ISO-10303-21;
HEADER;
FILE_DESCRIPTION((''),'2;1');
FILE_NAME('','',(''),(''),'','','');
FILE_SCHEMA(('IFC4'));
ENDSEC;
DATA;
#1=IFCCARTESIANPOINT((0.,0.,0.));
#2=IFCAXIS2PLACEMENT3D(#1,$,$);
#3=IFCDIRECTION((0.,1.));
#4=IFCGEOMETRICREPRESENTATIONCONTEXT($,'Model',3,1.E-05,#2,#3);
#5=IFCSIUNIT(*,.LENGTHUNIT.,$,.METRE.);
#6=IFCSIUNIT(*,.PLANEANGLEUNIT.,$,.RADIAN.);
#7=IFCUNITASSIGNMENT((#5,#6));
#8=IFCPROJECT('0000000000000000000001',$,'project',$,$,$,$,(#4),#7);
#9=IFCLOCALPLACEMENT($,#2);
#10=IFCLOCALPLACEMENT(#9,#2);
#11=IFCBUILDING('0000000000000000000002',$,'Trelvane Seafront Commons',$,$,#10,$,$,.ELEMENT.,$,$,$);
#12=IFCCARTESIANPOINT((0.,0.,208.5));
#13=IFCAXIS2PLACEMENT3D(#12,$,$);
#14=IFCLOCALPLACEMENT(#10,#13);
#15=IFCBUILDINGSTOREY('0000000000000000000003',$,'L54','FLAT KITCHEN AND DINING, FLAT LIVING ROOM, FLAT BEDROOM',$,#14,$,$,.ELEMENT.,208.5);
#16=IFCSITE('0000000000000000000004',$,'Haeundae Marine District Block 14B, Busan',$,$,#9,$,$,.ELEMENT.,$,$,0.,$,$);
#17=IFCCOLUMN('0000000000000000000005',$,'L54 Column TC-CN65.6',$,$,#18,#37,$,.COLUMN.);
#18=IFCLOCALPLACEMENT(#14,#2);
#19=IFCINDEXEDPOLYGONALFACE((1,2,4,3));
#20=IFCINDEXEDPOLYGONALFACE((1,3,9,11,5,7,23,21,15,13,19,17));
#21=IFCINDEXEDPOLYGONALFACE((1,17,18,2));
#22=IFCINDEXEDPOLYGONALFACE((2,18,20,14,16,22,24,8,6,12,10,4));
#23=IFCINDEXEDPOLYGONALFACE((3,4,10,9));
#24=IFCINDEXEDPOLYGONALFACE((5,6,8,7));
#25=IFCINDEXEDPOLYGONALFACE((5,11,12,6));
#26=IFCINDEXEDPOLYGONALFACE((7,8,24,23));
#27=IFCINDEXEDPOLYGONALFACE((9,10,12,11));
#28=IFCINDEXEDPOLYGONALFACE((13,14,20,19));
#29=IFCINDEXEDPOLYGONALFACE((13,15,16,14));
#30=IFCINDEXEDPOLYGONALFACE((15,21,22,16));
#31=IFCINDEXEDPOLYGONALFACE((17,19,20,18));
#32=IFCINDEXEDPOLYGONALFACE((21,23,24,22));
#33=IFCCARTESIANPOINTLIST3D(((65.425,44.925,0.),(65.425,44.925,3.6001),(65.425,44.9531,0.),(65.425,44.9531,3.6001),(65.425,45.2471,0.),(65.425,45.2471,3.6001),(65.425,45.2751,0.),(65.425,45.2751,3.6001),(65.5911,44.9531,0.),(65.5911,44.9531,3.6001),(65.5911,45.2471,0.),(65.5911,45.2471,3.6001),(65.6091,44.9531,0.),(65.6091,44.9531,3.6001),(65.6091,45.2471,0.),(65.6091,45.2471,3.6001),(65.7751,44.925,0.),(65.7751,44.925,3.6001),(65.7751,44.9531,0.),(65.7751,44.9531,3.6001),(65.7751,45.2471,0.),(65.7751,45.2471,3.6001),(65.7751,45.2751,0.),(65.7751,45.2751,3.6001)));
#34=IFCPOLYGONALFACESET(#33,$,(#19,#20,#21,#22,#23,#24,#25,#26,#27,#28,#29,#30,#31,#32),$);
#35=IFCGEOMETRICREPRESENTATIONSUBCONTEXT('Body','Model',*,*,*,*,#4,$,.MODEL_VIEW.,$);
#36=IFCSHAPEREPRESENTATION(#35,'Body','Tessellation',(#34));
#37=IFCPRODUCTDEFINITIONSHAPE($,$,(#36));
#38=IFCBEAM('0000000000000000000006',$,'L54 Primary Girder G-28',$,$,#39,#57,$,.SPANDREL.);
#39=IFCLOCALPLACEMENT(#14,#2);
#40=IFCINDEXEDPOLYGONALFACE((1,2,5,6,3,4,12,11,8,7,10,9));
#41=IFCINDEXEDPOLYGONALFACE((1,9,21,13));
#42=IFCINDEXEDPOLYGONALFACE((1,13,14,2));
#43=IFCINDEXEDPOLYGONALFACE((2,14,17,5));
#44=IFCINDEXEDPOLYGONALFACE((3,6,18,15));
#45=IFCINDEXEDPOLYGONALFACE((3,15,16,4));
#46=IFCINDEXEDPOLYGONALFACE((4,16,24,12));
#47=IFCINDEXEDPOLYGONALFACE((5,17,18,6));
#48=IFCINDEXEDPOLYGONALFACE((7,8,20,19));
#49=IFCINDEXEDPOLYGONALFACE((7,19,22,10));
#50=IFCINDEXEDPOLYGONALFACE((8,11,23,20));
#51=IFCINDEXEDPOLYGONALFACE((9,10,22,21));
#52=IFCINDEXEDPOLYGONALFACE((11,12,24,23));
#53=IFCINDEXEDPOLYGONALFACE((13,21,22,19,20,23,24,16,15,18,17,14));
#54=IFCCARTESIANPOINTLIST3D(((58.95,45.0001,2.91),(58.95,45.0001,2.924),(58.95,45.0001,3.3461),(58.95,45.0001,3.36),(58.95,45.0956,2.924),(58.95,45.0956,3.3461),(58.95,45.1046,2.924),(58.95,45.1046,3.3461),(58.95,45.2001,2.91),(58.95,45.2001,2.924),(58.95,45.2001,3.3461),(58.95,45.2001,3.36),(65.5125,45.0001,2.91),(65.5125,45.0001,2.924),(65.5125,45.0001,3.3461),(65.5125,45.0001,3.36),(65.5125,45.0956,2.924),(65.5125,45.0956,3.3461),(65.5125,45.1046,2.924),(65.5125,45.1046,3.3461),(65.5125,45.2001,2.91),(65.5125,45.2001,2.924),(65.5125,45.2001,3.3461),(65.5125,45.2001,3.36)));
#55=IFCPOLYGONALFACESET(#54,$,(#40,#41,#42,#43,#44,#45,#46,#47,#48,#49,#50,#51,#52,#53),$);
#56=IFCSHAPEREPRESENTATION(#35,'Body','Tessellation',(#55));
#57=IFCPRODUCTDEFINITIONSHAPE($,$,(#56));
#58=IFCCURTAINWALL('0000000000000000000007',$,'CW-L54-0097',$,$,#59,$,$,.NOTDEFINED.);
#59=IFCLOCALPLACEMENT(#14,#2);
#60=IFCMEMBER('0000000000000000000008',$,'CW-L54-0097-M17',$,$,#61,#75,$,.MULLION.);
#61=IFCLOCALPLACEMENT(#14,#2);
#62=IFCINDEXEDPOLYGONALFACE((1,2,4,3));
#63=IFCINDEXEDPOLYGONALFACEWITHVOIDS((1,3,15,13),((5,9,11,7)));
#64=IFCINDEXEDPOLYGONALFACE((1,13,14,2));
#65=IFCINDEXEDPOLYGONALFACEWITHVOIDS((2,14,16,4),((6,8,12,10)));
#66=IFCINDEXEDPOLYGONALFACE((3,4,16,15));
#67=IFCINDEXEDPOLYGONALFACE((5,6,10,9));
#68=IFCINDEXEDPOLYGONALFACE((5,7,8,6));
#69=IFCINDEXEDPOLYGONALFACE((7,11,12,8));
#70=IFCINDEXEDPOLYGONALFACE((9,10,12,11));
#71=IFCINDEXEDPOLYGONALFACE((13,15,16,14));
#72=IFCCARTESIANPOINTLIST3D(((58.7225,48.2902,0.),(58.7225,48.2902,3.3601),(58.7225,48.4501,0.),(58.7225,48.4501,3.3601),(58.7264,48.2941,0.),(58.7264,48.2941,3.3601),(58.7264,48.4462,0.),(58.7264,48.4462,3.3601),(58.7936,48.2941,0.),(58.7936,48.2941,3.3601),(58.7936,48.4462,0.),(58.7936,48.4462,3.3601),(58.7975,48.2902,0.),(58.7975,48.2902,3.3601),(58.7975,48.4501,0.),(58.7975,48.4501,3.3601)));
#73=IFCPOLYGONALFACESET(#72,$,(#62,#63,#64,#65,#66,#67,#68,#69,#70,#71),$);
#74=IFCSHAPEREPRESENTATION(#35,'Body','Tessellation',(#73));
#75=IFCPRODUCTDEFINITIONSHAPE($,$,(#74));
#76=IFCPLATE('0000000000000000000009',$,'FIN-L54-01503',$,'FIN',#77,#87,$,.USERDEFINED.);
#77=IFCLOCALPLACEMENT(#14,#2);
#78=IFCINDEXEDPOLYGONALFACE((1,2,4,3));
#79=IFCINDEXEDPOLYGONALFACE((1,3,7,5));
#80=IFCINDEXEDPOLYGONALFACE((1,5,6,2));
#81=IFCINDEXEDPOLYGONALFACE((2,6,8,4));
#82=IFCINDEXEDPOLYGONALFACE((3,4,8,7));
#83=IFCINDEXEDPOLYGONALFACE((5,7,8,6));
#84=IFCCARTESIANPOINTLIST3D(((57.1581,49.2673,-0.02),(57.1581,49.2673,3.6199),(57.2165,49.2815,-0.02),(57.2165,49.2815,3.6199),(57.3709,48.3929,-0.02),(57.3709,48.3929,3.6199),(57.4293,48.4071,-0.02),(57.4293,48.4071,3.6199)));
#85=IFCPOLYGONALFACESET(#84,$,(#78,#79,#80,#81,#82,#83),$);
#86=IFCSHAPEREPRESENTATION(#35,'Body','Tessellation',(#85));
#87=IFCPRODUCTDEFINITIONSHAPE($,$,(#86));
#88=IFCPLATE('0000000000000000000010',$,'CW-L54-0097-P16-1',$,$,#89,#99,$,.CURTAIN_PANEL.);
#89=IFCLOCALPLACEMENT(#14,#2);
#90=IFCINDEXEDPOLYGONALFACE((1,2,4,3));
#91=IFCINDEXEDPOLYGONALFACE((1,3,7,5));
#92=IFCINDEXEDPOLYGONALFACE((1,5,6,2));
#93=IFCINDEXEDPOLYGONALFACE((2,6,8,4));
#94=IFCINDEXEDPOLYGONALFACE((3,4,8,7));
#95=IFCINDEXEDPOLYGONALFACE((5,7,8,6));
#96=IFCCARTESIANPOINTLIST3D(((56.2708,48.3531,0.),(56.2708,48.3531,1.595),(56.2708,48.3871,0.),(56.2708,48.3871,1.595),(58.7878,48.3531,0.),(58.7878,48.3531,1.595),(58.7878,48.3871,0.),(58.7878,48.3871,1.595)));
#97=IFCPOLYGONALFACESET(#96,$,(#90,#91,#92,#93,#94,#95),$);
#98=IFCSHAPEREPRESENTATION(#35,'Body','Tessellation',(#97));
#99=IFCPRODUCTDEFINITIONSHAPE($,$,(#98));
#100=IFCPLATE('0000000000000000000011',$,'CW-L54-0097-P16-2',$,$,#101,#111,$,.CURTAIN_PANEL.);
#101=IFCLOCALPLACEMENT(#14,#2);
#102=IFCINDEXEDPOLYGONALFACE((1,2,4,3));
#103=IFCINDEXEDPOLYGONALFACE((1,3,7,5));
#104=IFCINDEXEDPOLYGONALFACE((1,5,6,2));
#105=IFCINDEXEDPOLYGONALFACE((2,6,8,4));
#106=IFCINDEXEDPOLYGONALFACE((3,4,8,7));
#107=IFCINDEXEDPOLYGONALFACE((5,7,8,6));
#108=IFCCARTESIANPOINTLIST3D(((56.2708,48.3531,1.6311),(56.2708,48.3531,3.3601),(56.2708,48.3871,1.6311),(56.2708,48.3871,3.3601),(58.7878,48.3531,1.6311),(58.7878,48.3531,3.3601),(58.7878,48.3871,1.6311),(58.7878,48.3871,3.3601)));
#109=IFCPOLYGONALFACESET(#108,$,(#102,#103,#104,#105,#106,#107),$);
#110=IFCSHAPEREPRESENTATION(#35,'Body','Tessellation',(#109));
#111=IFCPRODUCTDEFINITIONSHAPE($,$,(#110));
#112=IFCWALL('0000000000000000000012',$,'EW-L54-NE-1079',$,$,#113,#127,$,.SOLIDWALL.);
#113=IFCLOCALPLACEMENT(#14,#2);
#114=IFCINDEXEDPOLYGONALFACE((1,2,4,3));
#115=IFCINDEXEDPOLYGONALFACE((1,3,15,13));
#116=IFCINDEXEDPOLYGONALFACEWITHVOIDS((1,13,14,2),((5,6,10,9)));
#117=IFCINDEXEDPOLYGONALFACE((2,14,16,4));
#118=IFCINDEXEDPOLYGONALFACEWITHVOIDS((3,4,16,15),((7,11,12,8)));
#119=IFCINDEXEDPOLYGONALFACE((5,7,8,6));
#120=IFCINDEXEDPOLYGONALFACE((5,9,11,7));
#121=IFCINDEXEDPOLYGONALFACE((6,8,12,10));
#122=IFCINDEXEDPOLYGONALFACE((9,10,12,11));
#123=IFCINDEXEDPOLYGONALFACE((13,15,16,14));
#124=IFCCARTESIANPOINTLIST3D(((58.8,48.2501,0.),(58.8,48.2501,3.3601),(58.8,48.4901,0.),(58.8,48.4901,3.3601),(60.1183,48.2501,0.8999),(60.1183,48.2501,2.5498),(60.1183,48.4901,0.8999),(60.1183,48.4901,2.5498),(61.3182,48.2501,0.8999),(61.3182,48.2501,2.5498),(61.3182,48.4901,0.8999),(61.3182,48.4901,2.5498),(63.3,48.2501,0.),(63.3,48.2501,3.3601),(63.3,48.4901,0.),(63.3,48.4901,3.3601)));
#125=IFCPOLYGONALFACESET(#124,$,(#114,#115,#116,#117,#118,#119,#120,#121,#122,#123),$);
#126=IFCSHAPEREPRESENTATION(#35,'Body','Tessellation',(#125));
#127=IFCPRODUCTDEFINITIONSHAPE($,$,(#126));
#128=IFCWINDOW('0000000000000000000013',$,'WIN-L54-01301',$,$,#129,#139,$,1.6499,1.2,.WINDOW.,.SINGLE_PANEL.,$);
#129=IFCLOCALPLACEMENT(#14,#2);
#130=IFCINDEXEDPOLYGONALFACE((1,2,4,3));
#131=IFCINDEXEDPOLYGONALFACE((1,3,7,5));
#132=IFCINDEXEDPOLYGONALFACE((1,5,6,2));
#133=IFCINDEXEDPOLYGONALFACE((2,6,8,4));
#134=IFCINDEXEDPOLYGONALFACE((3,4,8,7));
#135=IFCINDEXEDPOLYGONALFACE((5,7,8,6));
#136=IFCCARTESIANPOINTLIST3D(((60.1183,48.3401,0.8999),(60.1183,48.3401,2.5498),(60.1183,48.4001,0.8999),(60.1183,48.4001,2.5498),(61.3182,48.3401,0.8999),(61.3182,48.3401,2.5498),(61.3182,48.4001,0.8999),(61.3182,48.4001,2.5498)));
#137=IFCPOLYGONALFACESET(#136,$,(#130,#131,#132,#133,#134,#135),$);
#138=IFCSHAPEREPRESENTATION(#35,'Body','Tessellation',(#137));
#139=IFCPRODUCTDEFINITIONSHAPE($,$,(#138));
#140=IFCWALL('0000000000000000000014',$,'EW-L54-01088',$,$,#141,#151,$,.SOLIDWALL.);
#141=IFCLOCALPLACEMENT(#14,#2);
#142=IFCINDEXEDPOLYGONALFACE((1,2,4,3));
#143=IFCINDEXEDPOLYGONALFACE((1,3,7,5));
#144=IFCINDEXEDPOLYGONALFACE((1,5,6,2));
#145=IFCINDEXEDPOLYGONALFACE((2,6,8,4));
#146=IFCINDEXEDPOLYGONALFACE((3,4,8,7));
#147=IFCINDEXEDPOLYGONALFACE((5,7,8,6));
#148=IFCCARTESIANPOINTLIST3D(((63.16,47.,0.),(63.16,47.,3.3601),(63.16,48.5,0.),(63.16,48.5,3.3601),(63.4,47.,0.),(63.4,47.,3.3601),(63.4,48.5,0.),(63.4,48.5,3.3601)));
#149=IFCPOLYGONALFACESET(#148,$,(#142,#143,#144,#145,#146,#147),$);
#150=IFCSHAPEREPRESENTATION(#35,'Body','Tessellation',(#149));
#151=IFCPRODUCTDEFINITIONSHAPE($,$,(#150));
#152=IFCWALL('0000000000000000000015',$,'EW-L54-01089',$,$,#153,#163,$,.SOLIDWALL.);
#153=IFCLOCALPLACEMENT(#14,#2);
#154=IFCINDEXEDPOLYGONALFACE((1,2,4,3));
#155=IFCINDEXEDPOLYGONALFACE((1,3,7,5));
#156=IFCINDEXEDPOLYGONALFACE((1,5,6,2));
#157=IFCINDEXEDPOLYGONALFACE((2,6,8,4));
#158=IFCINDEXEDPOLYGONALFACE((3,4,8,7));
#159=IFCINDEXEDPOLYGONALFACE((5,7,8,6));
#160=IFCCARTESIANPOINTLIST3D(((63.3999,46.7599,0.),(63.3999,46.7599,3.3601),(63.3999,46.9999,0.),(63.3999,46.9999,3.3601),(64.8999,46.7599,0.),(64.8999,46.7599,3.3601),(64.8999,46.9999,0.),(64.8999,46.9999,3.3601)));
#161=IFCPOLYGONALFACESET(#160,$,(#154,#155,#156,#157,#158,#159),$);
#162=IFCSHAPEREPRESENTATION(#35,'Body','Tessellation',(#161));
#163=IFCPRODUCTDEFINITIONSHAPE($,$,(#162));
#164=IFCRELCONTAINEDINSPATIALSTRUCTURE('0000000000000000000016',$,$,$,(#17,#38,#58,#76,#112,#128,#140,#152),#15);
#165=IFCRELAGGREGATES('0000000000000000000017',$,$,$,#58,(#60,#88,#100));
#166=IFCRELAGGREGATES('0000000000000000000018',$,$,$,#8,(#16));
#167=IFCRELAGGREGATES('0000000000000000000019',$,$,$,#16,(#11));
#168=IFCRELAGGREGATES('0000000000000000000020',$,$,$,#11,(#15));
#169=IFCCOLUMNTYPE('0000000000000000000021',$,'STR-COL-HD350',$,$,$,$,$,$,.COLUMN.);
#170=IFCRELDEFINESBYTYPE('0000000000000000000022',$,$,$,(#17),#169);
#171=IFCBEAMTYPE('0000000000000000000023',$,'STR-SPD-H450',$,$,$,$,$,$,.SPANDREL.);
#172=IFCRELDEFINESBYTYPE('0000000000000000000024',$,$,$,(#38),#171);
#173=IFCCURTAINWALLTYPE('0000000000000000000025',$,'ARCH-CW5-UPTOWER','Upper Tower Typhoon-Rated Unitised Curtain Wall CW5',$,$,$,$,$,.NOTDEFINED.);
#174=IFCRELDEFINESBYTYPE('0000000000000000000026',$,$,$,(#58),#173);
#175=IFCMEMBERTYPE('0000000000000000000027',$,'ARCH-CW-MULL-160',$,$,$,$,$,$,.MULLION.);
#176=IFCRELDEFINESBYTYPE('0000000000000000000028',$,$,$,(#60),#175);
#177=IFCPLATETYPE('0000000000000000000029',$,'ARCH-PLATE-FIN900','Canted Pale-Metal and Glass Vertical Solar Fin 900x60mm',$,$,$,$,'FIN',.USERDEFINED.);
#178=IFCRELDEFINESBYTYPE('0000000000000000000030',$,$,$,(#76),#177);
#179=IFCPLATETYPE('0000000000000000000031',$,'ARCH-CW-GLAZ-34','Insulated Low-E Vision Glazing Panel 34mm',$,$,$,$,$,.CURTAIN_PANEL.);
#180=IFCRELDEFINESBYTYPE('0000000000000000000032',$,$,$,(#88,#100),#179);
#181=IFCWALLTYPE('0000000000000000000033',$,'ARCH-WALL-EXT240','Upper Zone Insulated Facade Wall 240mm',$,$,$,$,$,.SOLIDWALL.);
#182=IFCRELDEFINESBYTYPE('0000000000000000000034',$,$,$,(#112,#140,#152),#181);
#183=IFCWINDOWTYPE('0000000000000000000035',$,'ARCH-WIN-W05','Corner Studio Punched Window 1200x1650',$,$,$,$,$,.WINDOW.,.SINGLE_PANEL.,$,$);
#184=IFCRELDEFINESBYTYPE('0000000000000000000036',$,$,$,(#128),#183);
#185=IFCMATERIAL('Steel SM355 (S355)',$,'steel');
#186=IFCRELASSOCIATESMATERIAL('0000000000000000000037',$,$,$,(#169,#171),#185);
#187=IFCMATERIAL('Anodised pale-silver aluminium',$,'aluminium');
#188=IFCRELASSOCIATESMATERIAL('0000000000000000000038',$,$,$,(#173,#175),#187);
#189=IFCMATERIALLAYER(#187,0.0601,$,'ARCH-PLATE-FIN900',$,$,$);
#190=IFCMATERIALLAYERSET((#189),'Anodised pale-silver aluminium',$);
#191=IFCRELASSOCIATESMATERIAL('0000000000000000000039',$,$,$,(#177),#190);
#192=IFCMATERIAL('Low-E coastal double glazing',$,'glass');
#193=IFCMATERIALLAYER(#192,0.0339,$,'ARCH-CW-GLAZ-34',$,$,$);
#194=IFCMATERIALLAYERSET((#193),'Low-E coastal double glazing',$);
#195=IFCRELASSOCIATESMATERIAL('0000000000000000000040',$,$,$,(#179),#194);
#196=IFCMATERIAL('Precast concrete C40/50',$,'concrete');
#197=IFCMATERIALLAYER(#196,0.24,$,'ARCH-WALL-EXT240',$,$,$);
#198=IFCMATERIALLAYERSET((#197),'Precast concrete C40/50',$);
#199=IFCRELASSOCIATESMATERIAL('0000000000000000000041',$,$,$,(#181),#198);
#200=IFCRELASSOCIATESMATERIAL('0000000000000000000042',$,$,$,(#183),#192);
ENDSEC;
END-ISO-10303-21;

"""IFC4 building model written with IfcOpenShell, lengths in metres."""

from ifc_helpers import new_model, si_unit, direction, frame, frame_2d, origin, origin_2d, place, context, subcontext, project, spatial, rectangle, hollow_rectangle, i_section, extrude, source, transform, mapped, material, layer, layer_set, material_profile, profile_set, type_object, element, fill, aggregate, save


model = new_model("IFC4")

# Units and contexts
model_context = context("Model", 3, precision=1e-05, world=origin(), true_north=direction((0.0, 1.0)))
body_context = subcontext(model_context, "Body", "Model", "MODEL_VIEW")
ifc_project = project(units=[si_unit("LENGTHUNIT", "METRE"), si_unit("PLANEANGLEUNIT", "RADIAN")], contexts=[model_context])

# Site, building, storey
site_placement = place(None, origin())
site = spatial("IfcSite", under=ifc_project, at=site_placement, Name="Haeundae Marine District Block 14B, Busan", CompositionType="ELEMENT", RefElevation=0.0)
building_placement = place(site_placement, origin())
building = spatial("IfcBuilding", under=site, at=building_placement, Name="Trelvane Seafront Commons", CompositionType="ELEMENT")
storey_placement = place(building_placement, frame((0.0, 0.0, 208.5)))
storey = spatial("IfcBuildingStorey", under=building, at=storey_placement, Name="L54", Description="FLAT KITCHEN AND DINING, FLAT LIVING ROOM, FLAT BEDROOM", CompositionType="ELEMENT", Elevation=208.5)

# Column
ifc_material_1 = material(Name="Steel SM355 (S355)", Category="steel")
ifc_material_profile_1 = material_profile(ifc_material_1, i_section(OverallWidth=0.3501, OverallDepth=0.3501, WebThickness=0.0181, FlangeThickness=0.0281, at=origin_2d()), Name="HD-350x350x18x28")
ifc_profile_set_1 = profile_set([ifc_material_profile_1], Name="Steel SM355 (S355)")
column_type = type_object("IfcColumnType", Name="STR-COL-HD350", PredefinedType="COLUMN", material=ifc_profile_set_1)
shared_shape_1 = source(origin(), body_context, "Body", "SweptSolid", [
    extrude(i_section(OverallWidth=0.3501, OverallDepth=0.3501, WebThickness=0.0181, FlangeThickness=0.0281, at=origin_2d()), origin(), (0.0, 0.0, 1.0), 3.6001),
])
column_placement = place(storey_placement, frame((65.6001, 45.1001, 0.0), z_axis=(0.0, 0.0, 1.0), x_axis=(1.0, 0.0, 0.0)))
element("IfcColumn", 1, at=column_placement, inside=storey, type_object=column_type, Name="L54 Column TC-CN65.6", PredefinedType="COLUMN", context=body_context, shape_type="MappedRepresentation", body=[
    mapped(shared_shape_1, transform((0.0, 0.0, 0.0), x_axis=(1.0, 0.0, 0.0), y_axis=(0.0, 1.0, 0.0), z_axis=(0.0, 0.0, 1.0), scale=1.0)),
])

# Beam
ifc_material_profile_2 = material_profile(ifc_material_1, i_section(OverallWidth=0.2, OverallDepth=0.45, WebThickness=0.009, FlangeThickness=0.0139, at=origin_2d()), Name="H-450x200x9x14")
ifc_profile_set_2 = profile_set([ifc_material_profile_2], Name="Steel SM355 (S355)")
beam_type = type_object("IfcBeamType", Name="STR-SPD-H450", PredefinedType="SPANDREL", material=ifc_profile_set_2)
shared_shape_2 = source(origin(), body_context, "Body", "SweptSolid", [
    extrude(i_section(OverallWidth=0.2, OverallDepth=0.45, WebThickness=0.009, FlangeThickness=0.0139, at=origin_2d()), origin(), (0.0, 0.0, 1.0), 6.5625),
])
beam_placement = place(storey_placement, frame((58.95, 45.1001, 3.135), z_axis=(1.0, 0.0, 0.0), x_axis=(0.0, 1.0, 0.0)))
element("IfcBeam", 2, at=beam_placement, inside=storey, type_object=beam_type, Name="L54 Primary Girder G-28", PredefinedType="SPANDREL", context=body_context, shape_type="MappedRepresentation", body=[
    mapped(shared_shape_2, transform((0.0, 0.0, 0.0), x_axis=(1.0, 0.0, 0.0), y_axis=(0.0, 1.0, 0.0), z_axis=(0.0, 0.0, 1.0), scale=1.0)),
])

# Curtain wall, member
ifc_material_2 = material(Name="Anodised pale-silver aluminium", Category="aluminium")
curtain_wall_type = type_object("IfcCurtainWallType", Name="ARCH-CW5-UPTOWER", Description="Upper Tower Typhoon-Rated Unitised Curtain Wall CW5", PredefinedType="NOTDEFINED", material=ifc_material_2)
curtain_wall_placement = place(storey_placement, origin())
curtain_wall = element("IfcCurtainWall", 3, at=curtain_wall_placement, inside=storey, type_object=curtain_wall_type, Name="CW-L54-0097", PredefinedType="NOTDEFINED")
ifc_material_profile_3 = material_profile(ifc_material_2, hollow_rectangle(XDim=0.075, YDim=0.1599, WallThickness=0.0039, at=origin_2d()), Name="MULL-75x160x4")
ifc_profile_set_3 = profile_set([ifc_material_profile_3], Name="Anodised pale-silver aluminium")
member_type = type_object("IfcMemberType", Name="ARCH-CW-MULL-160", PredefinedType="MULLION", material=ifc_profile_set_3)
shared_shape_3 = source(origin(), body_context, "Body", "SweptSolid", [
    extrude(hollow_rectangle(XDim=0.075, YDim=0.1599, WallThickness=0.0039, at=origin_2d()), origin(), (0.0, 0.0, 1.0), 3.3601),
])
member_placement = place(storey_placement, frame((58.76, 48.3701, 0.0), z_axis=(0.0, 0.0, 1.0), x_axis=(1.0, 0.0, 0.0)))
member = element("IfcMember", 4, at=member_placement, type_object=member_type, Name="CW-L54-0097-M17", PredefinedType="MULLION", context=body_context, shape_type="MappedRepresentation", body=[
    mapped(shared_shape_3, transform((0.0, 0.0, 0.0), x_axis=(1.0, 0.0, 0.0), y_axis=(0.0, 1.0, 0.0), z_axis=(0.0, 0.0, 1.0), scale=1.0)),
])

# Plates
ifc_layer_1 = layer(ifc_material_2, 0.0601, Name="ARCH-PLATE-FIN900")
ifc_layer_set_1 = layer_set([ifc_layer_1], Name="Anodised pale-silver aluminium")
plate_type_1 = type_object("IfcPlateType", Name="ARCH-PLATE-FIN900", Description="Canted Pale-Metal and Glass Vertical Solar Fin 900x60mm", ElementType="FIN", PredefinedType="USERDEFINED", material=ifc_layer_set_1)
shared_shape_4 = source(origin(), body_context, "Body", "SweptSolid", [
    extrude(rectangle(XDim=0.8999, YDim=0.0601, at=origin_2d()), origin(), (0.0, 0.0, 1.0), 3.6399),
])
plate_1_placement = place(storey_placement, frame((57.2937, 48.8372, -0.02), z_axis=(0.0, 0.0, 1.0), x_axis=(-0.23644, 0.971646, 0.0)))
element("IfcPlate", 5, at=plate_1_placement, inside=storey, type_object=plate_type_1, Name="FIN-L54-01503", ObjectType="FIN", PredefinedType="USERDEFINED", context=body_context, shape_type="MappedRepresentation", body=[
    mapped(shared_shape_4, transform((0.0, 0.0, 0.0), x_axis=(1.0, 0.0, 0.0), y_axis=(0.0, 1.0, 0.0), z_axis=(0.0, 0.0, 1.0), scale=1.0)),
])
ifc_material_3 = material(Name="Low-E coastal double glazing", Category="glass")
ifc_layer_2 = layer(ifc_material_3, 0.0339, Name="ARCH-CW-GLAZ-34")
ifc_layer_set_2 = layer_set([ifc_layer_2], Name="Low-E coastal double glazing")
plate_type_2 = type_object("IfcPlateType", Name="ARCH-CW-GLAZ-34", Description="Insulated Low-E Vision Glazing Panel 34mm", PredefinedType="CURTAIN_PANEL", material=ifc_layer_set_2)
shared_shape_5 = source(origin(), body_context, "Body", "SweptSolid", [
    extrude(rectangle(XDim=2.5171, YDim=0.0339, at=origin_2d()), origin(), (0.0, 0.0, 1.0), 1.595),
])
plate_2_placement = place(storey_placement, frame((57.5293, 48.3701, 0.0), z_axis=(0.0, 0.0, 1.0), x_axis=(1.0, 0.0, 0.0)))
plate_2 = element("IfcPlate", 6, at=plate_2_placement, type_object=plate_type_2, Name="CW-L54-0097-P16-1", PredefinedType="CURTAIN_PANEL", context=body_context, shape_type="MappedRepresentation", body=[
    mapped(shared_shape_5, transform((0.0, 0.0, 0.0), x_axis=(1.0, 0.0, 0.0), y_axis=(0.0, 1.0, 0.0), z_axis=(0.0, 0.0, 1.0), scale=1.0)),
])
shared_shape_6 = source(origin(), body_context, "Body", "SweptSolid", [
    extrude(rectangle(XDim=2.5171, YDim=0.0339, at=origin_2d()), origin(), (0.0, 0.0, 1.0), 1.729),
])
plate_3_placement = place(storey_placement, frame((57.5293, 48.3701, 1.6311), z_axis=(0.0, 0.0, 1.0), x_axis=(1.0, 0.0, 0.0)))
plate_3 = element("IfcPlate", 7, at=plate_3_placement, type_object=plate_type_2, Name="CW-L54-0097-P16-2", PredefinedType="CURTAIN_PANEL", context=body_context, shape_type="MappedRepresentation", body=[
    mapped(shared_shape_6, transform((0.0, 0.0, 0.0), x_axis=(1.0, 0.0, 0.0), y_axis=(0.0, 1.0, 0.0), z_axis=(0.0, 0.0, 1.0), scale=1.0)),
])
aggregate(curtain_wall, [member, plate_2, plate_3])

# Wall, opening, window
ifc_material_4 = material(Name="Precast concrete C40/50", Category="concrete")
ifc_layer_3 = layer(ifc_material_4, 0.24, Name="ARCH-WALL-EXT240")
ifc_layer_set_3 = layer_set([ifc_layer_3], Name="Precast concrete C40/50")
wall_type = type_object("IfcWallType", Name="ARCH-WALL-EXT240", Description="Upper Zone Insulated Facade Wall 240mm", PredefinedType="SOLIDWALL", material=ifc_layer_set_3)
wall_1_placement = place(storey_placement, frame((58.8, 48.3701, 0.0), z_axis=(0.0, 0.0, 1.0), x_axis=(1.0, 0.0, 0.0)))
wall_1 = element("IfcWall", 8, at=wall_1_placement, inside=storey, type_object=wall_type, Name="EW-L54-NE-1079", PredefinedType="SOLIDWALL", context=body_context, shape_type="SweptSolid", body=[
    extrude(rectangle(XDim=4.5, YDim=0.24, at=frame_2d((2.25, 0.0))), origin(), (0.0, 0.0, 1.0), 3.3601),
])
opening_1_placement = place(wall_1_placement, frame((1.3181, 0.0, 0.8999)))
opening_1 = element("IfcOpeningElement", 9, at=opening_1_placement, cuts=wall_1, PredefinedType="OPENING", context=body_context, shape_type="SweptSolid", body=[
    extrude(rectangle(XDim=1.2, YDim=1.6499, at=frame_2d((0.6001, 0.825))), frame((0.0, 0.1299, 0.0), z_axis=(0.0, -1.0, 0.0), x_axis=(1.0, 0.0, 0.0)), (0.0, 0.0, 1.0), 0.26),
])
window_type_1 = type_object("IfcWindowType", Name="ARCH-WIN-W05", Description="Corner Studio Punched Window 1200x1650", PartitioningType="SINGLE_PANEL", PredefinedType="WINDOW", material=ifc_material_3)
shared_shape_7 = source(origin(), body_context, "Body", "SweptSolid", [
    extrude(rectangle(XDim=1.2, YDim=1.6499, at=frame_2d((0.6001, 0.825))), frame((0.0, 0.03, 0.0), z_axis=(0.0, -1.0, 0.0), x_axis=(1.0, 0.0, 0.0)), (0.0, 0.0, 1.0), 0.0601),
])
window_1_placement = place(opening_1_placement, origin())
window_1 = element("IfcWindow", 10, at=window_1_placement, inside=storey, type_object=window_type_1, Name="WIN-L54-01301", OverallHeight=1.6499, OverallWidth=1.2, PartitioningType="SINGLE_PANEL", PredefinedType="WINDOW", context=body_context, shape_type="MappedRepresentation", body=[
    mapped(shared_shape_7, transform((0.0, 0.0, 0.0), x_axis=(1.0, 0.0, 0.0), y_axis=(0.0, 1.0, 0.0), z_axis=(0.0, 0.0, 1.0), scale=1.0)),
])
fill(opening_1, window_1)

# Walls
for number, where, z_axis, x_axis, name in (
    (11, (63.28, 48.5, 0.0), (0.0, 0.0, 1.0), (0.0, -1.0, 0.0), "EW-L54-01088"),
    (12, (63.3999, 46.8799, 0.0), (0.0, 0.0, 1.0), (1.0, 0.0, 0.0), "EW-L54-01089"),
):
    element("IfcWall", number, at=place(storey_placement, frame(where, z_axis=z_axis, x_axis=x_axis)), inside=storey, type_object=wall_type, Name=name, PredefinedType="SOLIDWALL", context=body_context, shape_type="SweptSolid", body=[
        extrude(rectangle(XDim=1.5, YDim=0.24, at=frame_2d((0.75, 0.0))), origin(), (0.0, 0.0, 1.0), 3.3601),
    ])

save(model, "model.ifc")
